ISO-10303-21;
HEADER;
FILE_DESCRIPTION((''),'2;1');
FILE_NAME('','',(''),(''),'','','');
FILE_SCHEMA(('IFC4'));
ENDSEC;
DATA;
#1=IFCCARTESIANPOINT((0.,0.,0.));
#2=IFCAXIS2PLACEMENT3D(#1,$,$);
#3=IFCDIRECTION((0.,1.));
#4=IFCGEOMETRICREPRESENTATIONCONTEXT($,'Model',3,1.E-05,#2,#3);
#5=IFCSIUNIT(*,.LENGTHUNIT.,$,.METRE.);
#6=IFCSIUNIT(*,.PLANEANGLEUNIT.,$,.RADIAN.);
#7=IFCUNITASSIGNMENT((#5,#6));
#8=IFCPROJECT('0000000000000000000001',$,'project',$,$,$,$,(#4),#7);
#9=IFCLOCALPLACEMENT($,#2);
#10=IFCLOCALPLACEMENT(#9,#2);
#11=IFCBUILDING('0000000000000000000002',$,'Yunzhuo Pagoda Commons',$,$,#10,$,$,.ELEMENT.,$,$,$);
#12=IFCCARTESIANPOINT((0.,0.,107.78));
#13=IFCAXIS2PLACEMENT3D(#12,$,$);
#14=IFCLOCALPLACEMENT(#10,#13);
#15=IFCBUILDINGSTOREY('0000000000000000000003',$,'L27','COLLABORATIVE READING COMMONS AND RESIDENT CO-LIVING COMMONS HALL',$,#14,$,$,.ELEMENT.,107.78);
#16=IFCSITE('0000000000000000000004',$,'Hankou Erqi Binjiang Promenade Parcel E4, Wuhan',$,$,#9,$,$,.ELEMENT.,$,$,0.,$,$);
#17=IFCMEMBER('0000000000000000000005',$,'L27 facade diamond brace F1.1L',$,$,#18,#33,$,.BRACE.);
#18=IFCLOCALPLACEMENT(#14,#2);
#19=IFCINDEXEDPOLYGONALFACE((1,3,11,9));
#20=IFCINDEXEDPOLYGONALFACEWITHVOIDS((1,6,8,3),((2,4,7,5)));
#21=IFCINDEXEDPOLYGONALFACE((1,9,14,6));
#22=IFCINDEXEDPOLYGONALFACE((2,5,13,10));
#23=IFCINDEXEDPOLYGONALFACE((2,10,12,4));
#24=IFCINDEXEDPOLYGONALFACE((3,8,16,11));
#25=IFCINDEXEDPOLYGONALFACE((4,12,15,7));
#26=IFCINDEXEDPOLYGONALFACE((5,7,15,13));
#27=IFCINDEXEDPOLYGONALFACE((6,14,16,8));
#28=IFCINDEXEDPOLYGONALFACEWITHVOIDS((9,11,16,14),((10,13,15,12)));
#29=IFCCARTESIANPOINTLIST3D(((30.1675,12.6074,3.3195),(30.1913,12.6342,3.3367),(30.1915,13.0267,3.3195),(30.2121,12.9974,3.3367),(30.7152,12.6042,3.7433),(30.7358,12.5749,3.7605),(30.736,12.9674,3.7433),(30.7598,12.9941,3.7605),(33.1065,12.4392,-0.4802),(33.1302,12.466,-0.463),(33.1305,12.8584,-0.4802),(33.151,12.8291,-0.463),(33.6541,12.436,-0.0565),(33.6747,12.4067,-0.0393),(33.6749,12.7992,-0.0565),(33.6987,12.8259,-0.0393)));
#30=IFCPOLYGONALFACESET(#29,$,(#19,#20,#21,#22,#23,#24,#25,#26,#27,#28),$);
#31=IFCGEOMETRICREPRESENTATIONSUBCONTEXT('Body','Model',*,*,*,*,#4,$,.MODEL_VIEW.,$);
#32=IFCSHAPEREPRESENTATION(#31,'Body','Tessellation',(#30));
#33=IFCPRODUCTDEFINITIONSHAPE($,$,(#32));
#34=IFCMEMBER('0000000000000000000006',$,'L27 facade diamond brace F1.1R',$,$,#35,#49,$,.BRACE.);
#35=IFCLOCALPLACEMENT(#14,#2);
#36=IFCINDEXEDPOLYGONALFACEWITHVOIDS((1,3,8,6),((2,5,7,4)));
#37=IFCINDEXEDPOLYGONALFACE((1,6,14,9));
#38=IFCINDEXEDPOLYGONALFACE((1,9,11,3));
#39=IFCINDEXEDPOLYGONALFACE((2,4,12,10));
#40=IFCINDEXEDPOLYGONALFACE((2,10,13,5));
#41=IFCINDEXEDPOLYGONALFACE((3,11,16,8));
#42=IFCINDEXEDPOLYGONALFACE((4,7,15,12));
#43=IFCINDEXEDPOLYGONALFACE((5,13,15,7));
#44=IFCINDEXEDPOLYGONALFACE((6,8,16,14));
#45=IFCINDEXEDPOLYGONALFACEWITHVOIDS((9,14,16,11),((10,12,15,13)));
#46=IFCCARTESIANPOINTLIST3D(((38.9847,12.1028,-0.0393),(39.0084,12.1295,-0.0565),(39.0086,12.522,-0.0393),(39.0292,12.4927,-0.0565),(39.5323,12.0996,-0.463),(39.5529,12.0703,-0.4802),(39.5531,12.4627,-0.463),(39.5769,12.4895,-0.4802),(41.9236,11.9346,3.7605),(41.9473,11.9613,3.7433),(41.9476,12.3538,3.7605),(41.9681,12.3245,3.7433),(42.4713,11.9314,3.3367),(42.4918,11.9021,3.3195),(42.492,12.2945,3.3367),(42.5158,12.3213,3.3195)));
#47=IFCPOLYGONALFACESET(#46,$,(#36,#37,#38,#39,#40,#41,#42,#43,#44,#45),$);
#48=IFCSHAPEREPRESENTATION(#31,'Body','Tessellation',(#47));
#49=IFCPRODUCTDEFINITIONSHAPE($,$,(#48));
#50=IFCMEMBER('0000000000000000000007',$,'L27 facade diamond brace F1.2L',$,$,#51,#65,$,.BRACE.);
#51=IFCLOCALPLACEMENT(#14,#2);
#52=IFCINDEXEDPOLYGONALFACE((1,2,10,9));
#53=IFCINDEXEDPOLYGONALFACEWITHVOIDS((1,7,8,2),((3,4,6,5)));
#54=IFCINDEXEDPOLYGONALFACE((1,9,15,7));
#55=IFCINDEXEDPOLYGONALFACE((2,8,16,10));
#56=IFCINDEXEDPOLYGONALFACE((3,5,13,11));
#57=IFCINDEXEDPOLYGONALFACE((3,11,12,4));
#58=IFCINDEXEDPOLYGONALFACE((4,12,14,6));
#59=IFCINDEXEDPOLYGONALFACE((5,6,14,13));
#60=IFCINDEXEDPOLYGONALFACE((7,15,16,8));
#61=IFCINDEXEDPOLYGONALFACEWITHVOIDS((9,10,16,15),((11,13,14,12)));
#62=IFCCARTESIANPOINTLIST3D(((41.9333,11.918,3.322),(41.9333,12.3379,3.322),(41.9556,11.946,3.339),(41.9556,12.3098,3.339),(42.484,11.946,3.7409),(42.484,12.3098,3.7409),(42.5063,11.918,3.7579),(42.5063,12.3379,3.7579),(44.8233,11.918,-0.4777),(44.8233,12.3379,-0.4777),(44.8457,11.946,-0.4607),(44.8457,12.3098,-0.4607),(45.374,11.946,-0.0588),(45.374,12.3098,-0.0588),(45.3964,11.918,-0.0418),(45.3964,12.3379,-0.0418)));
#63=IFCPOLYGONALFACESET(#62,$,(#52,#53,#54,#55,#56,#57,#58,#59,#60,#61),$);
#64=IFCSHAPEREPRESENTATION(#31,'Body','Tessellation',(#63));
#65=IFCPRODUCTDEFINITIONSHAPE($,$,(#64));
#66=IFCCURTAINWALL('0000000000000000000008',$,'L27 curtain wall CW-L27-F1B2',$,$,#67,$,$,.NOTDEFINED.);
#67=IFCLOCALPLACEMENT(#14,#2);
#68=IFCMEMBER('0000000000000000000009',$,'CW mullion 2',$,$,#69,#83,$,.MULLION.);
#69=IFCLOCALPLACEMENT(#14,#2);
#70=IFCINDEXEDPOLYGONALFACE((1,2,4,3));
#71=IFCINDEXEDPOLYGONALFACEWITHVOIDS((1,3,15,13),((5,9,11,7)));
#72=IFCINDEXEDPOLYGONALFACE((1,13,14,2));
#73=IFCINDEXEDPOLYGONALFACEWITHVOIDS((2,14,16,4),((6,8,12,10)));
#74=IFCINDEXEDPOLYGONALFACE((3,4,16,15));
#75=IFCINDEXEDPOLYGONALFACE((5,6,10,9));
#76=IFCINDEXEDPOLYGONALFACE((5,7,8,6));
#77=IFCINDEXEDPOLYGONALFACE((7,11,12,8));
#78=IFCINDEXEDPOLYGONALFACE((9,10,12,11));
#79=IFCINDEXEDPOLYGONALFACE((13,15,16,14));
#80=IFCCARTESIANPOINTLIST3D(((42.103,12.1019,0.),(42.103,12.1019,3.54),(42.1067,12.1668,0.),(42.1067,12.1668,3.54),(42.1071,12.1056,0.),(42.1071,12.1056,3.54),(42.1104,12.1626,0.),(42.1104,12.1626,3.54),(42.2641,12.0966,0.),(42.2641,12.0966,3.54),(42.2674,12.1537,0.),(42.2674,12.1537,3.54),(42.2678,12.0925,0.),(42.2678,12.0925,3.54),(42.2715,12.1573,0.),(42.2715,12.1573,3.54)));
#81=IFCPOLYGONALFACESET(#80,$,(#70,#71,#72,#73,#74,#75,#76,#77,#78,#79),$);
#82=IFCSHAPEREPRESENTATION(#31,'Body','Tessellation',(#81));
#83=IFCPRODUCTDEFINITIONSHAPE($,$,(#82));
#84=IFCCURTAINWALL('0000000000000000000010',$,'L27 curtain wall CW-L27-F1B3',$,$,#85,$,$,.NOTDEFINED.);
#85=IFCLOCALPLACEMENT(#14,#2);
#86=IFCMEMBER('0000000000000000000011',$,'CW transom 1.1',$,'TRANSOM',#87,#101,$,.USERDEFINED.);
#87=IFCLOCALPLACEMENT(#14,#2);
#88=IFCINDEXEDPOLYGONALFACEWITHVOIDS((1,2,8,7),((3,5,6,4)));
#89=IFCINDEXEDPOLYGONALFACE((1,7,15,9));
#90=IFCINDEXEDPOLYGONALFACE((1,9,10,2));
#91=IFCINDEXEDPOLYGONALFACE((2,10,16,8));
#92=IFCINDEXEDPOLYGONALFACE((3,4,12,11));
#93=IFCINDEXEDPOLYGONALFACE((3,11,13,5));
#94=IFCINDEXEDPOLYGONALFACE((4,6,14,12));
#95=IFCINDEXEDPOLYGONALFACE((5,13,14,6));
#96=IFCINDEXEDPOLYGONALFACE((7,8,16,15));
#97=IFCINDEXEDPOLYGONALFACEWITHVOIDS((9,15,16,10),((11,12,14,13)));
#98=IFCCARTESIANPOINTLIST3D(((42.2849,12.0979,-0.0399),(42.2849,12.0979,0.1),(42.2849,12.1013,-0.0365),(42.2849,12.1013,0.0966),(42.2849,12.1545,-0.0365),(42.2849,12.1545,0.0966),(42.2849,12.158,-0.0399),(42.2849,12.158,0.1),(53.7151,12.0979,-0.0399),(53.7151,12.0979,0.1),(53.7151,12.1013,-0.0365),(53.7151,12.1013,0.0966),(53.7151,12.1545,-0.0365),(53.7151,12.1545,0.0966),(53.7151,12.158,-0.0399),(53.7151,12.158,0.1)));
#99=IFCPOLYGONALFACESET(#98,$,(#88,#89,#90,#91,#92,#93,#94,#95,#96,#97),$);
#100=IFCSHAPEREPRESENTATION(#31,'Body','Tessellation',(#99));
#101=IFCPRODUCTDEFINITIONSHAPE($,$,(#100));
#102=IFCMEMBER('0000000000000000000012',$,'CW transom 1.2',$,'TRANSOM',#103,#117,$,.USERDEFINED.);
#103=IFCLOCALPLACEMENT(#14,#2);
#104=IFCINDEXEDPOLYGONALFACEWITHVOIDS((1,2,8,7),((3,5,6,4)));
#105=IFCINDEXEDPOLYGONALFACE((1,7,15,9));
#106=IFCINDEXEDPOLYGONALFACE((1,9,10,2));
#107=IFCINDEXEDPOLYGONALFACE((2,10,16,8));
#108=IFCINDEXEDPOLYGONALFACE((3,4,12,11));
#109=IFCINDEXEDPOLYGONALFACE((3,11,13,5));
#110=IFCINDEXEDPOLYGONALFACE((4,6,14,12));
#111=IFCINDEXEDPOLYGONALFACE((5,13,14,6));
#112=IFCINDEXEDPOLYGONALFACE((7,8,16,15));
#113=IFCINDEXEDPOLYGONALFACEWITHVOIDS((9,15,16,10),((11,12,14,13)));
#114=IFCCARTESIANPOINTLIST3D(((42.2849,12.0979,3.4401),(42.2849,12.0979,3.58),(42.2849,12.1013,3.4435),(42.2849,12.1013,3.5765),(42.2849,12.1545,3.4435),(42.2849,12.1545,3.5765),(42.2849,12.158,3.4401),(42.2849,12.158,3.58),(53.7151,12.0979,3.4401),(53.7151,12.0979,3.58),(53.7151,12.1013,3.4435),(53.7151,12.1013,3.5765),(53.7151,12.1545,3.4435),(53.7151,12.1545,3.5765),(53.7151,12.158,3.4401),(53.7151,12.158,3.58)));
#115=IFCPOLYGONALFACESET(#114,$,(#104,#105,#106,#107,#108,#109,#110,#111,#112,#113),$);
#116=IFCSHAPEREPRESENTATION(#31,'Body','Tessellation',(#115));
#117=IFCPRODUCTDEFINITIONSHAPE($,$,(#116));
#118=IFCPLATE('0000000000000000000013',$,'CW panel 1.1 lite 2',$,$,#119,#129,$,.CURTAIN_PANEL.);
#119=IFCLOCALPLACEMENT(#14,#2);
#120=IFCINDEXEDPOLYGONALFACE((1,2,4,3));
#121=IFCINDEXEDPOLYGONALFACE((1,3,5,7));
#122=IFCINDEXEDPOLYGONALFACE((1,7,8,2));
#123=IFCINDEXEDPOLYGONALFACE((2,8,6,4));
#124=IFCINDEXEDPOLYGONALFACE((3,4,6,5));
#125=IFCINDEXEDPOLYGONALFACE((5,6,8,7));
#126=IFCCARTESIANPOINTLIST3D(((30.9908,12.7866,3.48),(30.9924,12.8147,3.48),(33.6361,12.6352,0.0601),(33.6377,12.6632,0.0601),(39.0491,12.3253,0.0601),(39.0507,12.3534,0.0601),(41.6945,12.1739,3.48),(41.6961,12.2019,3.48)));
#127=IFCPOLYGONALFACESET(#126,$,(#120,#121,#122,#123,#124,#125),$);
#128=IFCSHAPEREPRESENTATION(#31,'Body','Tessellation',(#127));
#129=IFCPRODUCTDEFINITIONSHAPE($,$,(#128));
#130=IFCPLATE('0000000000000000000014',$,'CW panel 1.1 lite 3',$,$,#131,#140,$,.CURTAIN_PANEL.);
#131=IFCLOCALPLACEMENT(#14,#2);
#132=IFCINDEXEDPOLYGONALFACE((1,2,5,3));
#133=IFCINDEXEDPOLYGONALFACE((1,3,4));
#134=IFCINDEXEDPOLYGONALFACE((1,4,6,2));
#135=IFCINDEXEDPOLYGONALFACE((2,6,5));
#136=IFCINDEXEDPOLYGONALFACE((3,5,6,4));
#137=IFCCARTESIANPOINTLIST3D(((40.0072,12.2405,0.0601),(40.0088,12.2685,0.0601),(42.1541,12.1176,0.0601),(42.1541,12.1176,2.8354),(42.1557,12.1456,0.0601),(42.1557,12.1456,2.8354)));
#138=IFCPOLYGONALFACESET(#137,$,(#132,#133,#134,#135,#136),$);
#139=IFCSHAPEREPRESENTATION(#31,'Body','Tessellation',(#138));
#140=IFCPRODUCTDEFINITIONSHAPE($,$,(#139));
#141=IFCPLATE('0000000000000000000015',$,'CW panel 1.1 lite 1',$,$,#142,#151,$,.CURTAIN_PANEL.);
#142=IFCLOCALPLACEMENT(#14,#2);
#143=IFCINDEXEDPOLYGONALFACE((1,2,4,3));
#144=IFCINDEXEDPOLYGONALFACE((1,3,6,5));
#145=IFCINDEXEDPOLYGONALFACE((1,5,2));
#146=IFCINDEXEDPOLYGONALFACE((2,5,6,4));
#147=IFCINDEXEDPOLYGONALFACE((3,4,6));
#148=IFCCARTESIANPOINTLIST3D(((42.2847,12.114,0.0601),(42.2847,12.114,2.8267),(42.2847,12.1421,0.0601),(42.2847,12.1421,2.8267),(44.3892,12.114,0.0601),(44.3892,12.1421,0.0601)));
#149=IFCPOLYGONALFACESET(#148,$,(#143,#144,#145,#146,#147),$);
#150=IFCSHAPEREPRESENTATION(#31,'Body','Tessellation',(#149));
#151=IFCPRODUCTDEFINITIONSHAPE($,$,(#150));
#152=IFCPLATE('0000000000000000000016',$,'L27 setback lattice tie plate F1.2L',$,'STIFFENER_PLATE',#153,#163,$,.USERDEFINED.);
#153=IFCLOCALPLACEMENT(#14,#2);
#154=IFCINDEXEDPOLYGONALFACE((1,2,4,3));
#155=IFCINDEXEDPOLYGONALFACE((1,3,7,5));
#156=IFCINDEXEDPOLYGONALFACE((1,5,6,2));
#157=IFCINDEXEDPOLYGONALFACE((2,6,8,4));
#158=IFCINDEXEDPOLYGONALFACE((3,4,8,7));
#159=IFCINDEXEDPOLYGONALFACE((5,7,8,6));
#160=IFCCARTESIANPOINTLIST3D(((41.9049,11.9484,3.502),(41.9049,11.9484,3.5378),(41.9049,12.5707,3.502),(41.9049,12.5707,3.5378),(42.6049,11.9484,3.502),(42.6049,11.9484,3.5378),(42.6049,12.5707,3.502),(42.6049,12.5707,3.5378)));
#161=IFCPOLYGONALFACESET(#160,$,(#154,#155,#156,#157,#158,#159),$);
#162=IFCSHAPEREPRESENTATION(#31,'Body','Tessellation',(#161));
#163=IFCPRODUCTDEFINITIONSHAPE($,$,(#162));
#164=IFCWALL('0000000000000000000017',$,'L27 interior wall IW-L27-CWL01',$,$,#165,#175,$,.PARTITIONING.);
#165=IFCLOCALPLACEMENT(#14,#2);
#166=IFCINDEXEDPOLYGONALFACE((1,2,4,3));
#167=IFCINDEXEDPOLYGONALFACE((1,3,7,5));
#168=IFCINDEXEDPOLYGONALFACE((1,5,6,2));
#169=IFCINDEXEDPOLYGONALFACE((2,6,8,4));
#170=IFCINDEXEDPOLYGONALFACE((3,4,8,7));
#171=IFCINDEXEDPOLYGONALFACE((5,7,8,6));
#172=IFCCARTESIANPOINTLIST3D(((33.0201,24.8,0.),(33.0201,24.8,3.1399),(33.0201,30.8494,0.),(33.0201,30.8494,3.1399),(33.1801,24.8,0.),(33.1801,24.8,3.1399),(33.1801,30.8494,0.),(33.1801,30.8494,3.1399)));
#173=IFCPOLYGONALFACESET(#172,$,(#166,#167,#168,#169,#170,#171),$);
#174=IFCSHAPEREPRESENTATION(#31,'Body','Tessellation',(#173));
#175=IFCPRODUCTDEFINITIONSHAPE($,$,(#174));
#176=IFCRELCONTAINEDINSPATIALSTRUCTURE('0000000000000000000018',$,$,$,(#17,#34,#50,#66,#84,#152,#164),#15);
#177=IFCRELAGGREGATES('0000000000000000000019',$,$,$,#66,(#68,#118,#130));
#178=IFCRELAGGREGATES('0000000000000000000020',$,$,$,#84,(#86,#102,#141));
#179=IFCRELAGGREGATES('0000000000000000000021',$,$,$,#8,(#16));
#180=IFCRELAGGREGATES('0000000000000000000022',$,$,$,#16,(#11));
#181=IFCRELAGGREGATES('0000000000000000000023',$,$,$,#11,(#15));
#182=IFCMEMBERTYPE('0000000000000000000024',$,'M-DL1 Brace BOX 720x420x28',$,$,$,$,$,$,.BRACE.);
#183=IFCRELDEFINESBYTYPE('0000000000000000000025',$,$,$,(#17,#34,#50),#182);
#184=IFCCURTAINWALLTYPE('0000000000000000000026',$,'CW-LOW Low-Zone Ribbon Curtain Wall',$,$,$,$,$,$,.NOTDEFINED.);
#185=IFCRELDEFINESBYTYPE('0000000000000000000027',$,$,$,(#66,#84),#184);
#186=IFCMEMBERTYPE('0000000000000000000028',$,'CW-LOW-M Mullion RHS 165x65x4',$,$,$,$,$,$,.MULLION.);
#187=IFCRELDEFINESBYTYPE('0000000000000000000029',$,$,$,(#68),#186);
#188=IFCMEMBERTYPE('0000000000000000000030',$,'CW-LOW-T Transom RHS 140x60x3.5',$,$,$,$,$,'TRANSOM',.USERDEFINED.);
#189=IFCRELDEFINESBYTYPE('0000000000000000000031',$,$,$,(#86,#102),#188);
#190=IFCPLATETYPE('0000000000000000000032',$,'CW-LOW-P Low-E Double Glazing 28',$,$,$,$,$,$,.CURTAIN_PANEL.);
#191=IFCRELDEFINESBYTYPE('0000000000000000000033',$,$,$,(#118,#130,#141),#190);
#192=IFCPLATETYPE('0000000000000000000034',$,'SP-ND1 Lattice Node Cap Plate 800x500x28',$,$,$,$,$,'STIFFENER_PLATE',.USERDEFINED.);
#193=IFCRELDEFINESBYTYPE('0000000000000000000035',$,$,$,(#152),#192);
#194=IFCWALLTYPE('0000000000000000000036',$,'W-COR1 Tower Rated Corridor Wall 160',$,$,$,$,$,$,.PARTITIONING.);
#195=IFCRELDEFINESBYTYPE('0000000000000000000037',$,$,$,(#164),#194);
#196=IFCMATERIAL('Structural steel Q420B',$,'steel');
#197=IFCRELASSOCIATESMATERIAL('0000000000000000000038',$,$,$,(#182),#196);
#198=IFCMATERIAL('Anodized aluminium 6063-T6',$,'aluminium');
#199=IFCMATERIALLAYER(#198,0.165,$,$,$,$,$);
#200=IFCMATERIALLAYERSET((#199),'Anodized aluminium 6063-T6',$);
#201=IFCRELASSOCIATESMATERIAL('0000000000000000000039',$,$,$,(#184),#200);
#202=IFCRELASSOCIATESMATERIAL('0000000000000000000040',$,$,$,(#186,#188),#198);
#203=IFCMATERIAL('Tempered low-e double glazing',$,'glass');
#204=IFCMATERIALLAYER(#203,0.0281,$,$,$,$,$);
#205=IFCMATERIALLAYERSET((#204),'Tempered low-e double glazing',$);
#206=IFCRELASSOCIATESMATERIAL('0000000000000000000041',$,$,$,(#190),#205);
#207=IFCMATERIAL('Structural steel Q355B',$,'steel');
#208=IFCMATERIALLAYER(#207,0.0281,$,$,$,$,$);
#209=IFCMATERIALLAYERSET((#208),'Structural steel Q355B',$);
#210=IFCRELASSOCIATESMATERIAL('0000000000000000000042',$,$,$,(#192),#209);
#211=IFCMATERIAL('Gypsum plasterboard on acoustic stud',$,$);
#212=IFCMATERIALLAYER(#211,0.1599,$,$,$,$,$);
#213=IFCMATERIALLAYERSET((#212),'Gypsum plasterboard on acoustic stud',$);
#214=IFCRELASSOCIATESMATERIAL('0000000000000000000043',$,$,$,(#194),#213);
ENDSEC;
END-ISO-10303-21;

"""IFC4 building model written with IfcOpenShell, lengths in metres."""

from ifc_helpers import new_model, si_unit, direction, frame, frame_2d, origin, origin_2d, place, context, subcontext, project, spatial, polyline, rectangle, hollow_rectangle, outline, extrude, source, transform, mapped, material, layer, layer_set, material_profile, profile_set, type_object, element, aggregate, save


model = new_model("IFC4")

# Units and contexts
model_context = context("Model", 3, precision=1e-05, world=origin(), true_north=direction((0.0, 1.0)))
body_context = subcontext(model_context, "Body", "Model", "MODEL_VIEW")
ifc_project = project(units=[si_unit("LENGTHUNIT", "METRE"), si_unit("PLANEANGLEUNIT", "RADIAN")], contexts=[model_context])

# Site, building, storey
site_placement = place(None, origin())
site = spatial("IfcSite", under=ifc_project, at=site_placement, Name="Hankou Erqi Binjiang Promenade Parcel E4, Wuhan", CompositionType="ELEMENT", RefElevation=0.0)
building_placement = place(site_placement, origin())
building = spatial("IfcBuilding", under=site, at=building_placement, Name="Yunzhuo Pagoda Commons", CompositionType="ELEMENT")
storey_placement = place(building_placement, frame((0.0, 0.0, 107.78)))
storey = spatial("IfcBuildingStorey", under=building, at=storey_placement, Name="L27", Description="COLLABORATIVE READING COMMONS AND RESIDENT CO-LIVING COMMONS HALL", CompositionType="ELEMENT", Elevation=107.78)

# Shared definitions
ifc_material_1 = material(Name="Structural steel Q420B", Category="steel")

# Shared definitions
ifc_material_2 = material(Name="Structural steel Q355B", Category="steel")

# Members
ifc_material_profile_1 = material_profile(ifc_material_1, hollow_rectangle(XDim=0.4199, YDim=0.72, WallThickness=0.0281, at=origin_2d()), Name="Structural steel Q420B")
ifc_profile_set_1 = profile_set([ifc_material_profile_1], Name="Structural steel Q420B")
member_type_1 = type_object("IfcMemberType", Name="M-DL1 Brace BOX 720x420x28", PredefinedType="BRACE", material=ifc_profile_set_1)
shared_shape_1 = source(origin(), body_context, "Body", "SweptSolid", [
    extrude(hollow_rectangle(XDim=0.4199, YDim=0.72, WallThickness=0.0281, at=origin_2d()), origin(), (0.0, 0.0, 1.0), 4.8066),
])
for number, where, z_axis, x_axis, name in (
    (1, (33.4026, 12.6326, -0.2598), (-0.611431, 0.034996, 0.790523), (-0.057142, -0.998366, 0.0), "L27 facade diamond brace F1.1L"),
    (2, (39.2808, 12.2961, -0.2598), (0.611431, -0.034996, 0.790523), (0.057142, 0.998366, 0.0), "L27 facade diamond brace F1.1R"),
):
    element("IfcMember", number, at=place(storey_placement, frame(where, z_axis=z_axis, x_axis=x_axis)), inside=storey, type_object=member_type_1, Name=name, PredefinedType="BRACE", context=body_context, shape_type="MappedRepresentation", body=[
        mapped(shared_shape_1, transform((0.0, 0.0, 0.0), scale=1.0)),
    ])
shared_shape_2 = source(origin(), body_context, "Body", "SweptSolid", [
    extrude(hollow_rectangle(XDim=0.4199, YDim=0.72, WallThickness=0.0281, at=origin_2d()), origin(), (0.0, 0.0, 1.0), 4.7739),
])
member_1_placement = place(storey_placement, frame((45.1099, 12.1279, -0.2598), z_axis=(-0.605387, 0.0, 0.795932), x_axis=(0.0, -1.0, 0.0)))
element("IfcMember", 3, at=member_1_placement, inside=storey, type_object=member_type_1, Name="L27 facade diamond brace F1.2L", PredefinedType="BRACE", context=body_context, shape_type="MappedRepresentation", body=[
    mapped(shared_shape_2, transform((0.0, 0.0, 0.0), scale=1.0)),
])

# Curtain wall, member
ifc_material_3 = material(Name="Anodized aluminium 6063-T6", Category="aluminium")
ifc_layer_1 = layer(ifc_material_3, 0.165)
ifc_layer_set_1 = layer_set([ifc_layer_1], Name="Anodized aluminium 6063-T6")
curtain_wall_type = type_object("IfcCurtainWallType", Name="CW-LOW Low-Zone Ribbon Curtain Wall", PredefinedType="NOTDEFINED", material=ifc_layer_set_1)
curtain_wall_1_placement = place(storey_placement, origin())
curtain_wall_1 = element("IfcCurtainWall", 4, at=curtain_wall_1_placement, inside=storey, type_object=curtain_wall_type, Name="L27 curtain wall CW-L27-F1B2", PredefinedType="NOTDEFINED")
ifc_material_profile_2 = material_profile(ifc_material_3, hollow_rectangle(XDim=0.0649, YDim=0.165, WallThickness=0.0039, at=origin_2d()), Name="Anodized aluminium 6063-T6")
ifc_profile_set_2 = profile_set([ifc_material_profile_2], Name="Anodized aluminium 6063-T6")
member_type_2 = type_object("IfcMemberType", Name="CW-LOW-M Mullion RHS 165x65x4", PredefinedType="MULLION", material=ifc_profile_set_2)
shared_shape_3 = source(origin(), body_context, "Body", "SweptSolid", [
    extrude(hollow_rectangle(XDim=0.0649, YDim=0.165, WallThickness=0.0039, at=origin_2d()), origin(), (0.0, 0.0, 1.0), 3.54),
])
member_2_placement = place(storey_placement, frame((42.1873, 12.1296, 0.0), z_axis=(0.0, 0.0, 1.0), x_axis=(0.057153, 0.998365, 0.0)))
member_2 = element("IfcMember", 5, at=member_2_placement, type_object=member_type_2, Name="CW mullion 2", PredefinedType="MULLION", context=body_context, shape_type="MappedRepresentation", body=[
    mapped(shared_shape_3, transform((0.0, 0.0, 0.0), scale=1.0)),
])

# Curtain wall, members
curtain_wall_2_placement = place(storey_placement, origin())
curtain_wall_2 = element("IfcCurtainWall", 6, at=curtain_wall_2_placement, inside=storey, type_object=curtain_wall_type, Name="L27 curtain wall CW-L27-F1B3", PredefinedType="NOTDEFINED")
ifc_material_profile_3 = material_profile(ifc_material_3, hollow_rectangle(XDim=0.0601, YDim=0.1399, WallThickness=0.0034, at=origin_2d()), Name="Anodized aluminium 6063-T6")
ifc_profile_set_3 = profile_set([ifc_material_profile_3], Name="Anodized aluminium 6063-T6")
member_type_3 = type_object("IfcMemberType", Name="CW-LOW-T Transom RHS 140x60x3.5", ElementType="TRANSOM", PredefinedType="USERDEFINED", material=ifc_profile_set_3)
shared_shape_4 = source(origin(), body_context, "Body", "SweptSolid", [
    extrude(hollow_rectangle(XDim=0.0601, YDim=0.1399, WallThickness=0.0034, at=origin_2d()), origin(), (0.0, 0.0, 1.0), 11.4302),
])
member_3_placement = place(storey_placement, frame((42.2849, 12.1279, 0.03), z_axis=(1.0, 0.0, 0.0), x_axis=(0.0, 1.0, 0.0)))
member_3 = element("IfcMember", 7, at=member_3_placement, type_object=member_type_3, Name="CW transom 1.1", ObjectType="TRANSOM", PredefinedType="USERDEFINED", context=body_context, shape_type="MappedRepresentation", body=[
    mapped(shared_shape_4, transform((0.0, 0.0, 0.0), scale=1.0)),
])
member_4_placement = place(storey_placement, frame((42.2849, 12.1279, 3.51), z_axis=(1.0, 0.0, 0.0), x_axis=(0.0, 1.0, 0.0)))
member_4 = element("IfcMember", 8, at=member_4_placement, type_object=member_type_3, Name="CW transom 1.2", ObjectType="TRANSOM", PredefinedType="USERDEFINED", context=body_context, shape_type="MappedRepresentation", body=[
    mapped(shared_shape_4, transform((0.0, 0.0, 0.0), scale=1.0)),
])

# Plates
ifc_material_4 = material(Name="Tempered low-e double glazing", Category="glass")
ifc_layer_2 = layer(ifc_material_4, 0.0281)
ifc_layer_set_2 = layer_set([ifc_layer_2], Name="Tempered low-e double glazing")
plate_type_1 = type_object("IfcPlateType", Name="CW-LOW-P Low-E Double Glazing 28", PredefinedType="CURTAIN_PANEL", material=ifc_layer_set_2)
plate_1_placement = place(storey_placement, frame((36.3442, 12.5083, 1.77), z_axis=(-0.057153, -0.998365, 0.0), x_axis=(0.998365, -0.057153, 0.0)))
plate_1 = element("IfcPlate", 9, at=plate_1_placement, type_object=plate_type_1, Name="CW panel 1.1 lite 2", PredefinedType="CURTAIN_PANEL", context=body_context, shape_type="SweptSolid", body=[
    extrude(outline(polyline([(-5.3606, 1.71), (-2.7109, -1.71), (2.7109, -1.71), (5.3606, 1.71), (-5.3606, 1.71)])), origin(), (0.0, 0.0, 1.0), 0.0281),
])
plate_2_placement = place(storey_placement, frame((41.0823, 12.207, 1.4478), z_axis=(-0.057153, -0.998365, 0.0), x_axis=(0.998365, -0.057153, 0.0)))
plate_2 = element("IfcPlate", 10, at=plate_2_placement, type_object=plate_type_1, Name="CW panel 1.1 lite 3", PredefinedType="CURTAIN_PANEL", context=body_context, shape_type="SweptSolid", body=[
    extrude(outline(polyline([(-1.0752, -1.3877), (1.0752, -1.3877), (1.0752, 1.3877), (-1.0752, -1.3877)])), origin(), (0.0, 0.0, 1.0), 0.0281),
])
aggregate(curtain_wall_1, [member_2, plate_1, plate_2])
plate_3_placement = place(storey_placement, frame((43.3369, 12.1421, 1.4434), z_axis=(0.0, -1.0, 0.0), x_axis=(1.0, 0.0, 0.0)))
plate_3 = element("IfcPlate", 11, at=plate_3_placement, type_object=plate_type_1, Name="CW panel 1.1 lite 1", PredefinedType="CURTAIN_PANEL", context=body_context, shape_type="SweptSolid", body=[
    extrude(outline(polyline([(-1.0522, -1.3833), (1.0522, -1.3833), (-1.0522, 1.3833), (-1.0522, -1.3833)])), origin(), (0.0, 0.0, 1.0), 0.0281),
])
aggregate(curtain_wall_2, [member_3, member_4, plate_3])
ifc_layer_3 = layer(ifc_material_2, 0.0281)
ifc_layer_set_3 = layer_set([ifc_layer_3], Name="Structural steel Q355B")
plate_type_2 = type_object("IfcPlateType", Name="SP-ND1 Lattice Node Cap Plate 800x500x28", ElementType="STIFFENER_PLATE", PredefinedType="USERDEFINED", material=ifc_layer_set_3)
shared_shape_5 = source(origin(), body_context, "Body", "SweptSolid", [
    extrude(rectangle(XDim=0.7, YDim=0.6223, at=origin_2d()), origin(), (0.0, 0.0, 1.0), 0.0359),
])
plate_4_placement = place(storey_placement, frame((42.2549, 12.2595, 3.502), z_axis=(0.0, 0.0, 1.0), x_axis=(1.0, 0.0, 0.0)))
element("IfcPlate", 12, at=plate_4_placement, inside=storey, type_object=plate_type_2, Name="L27 setback lattice tie plate F1.2L", ObjectType="STIFFENER_PLATE", PredefinedType="USERDEFINED", context=body_context, shape_type="MappedRepresentation", body=[
    mapped(shared_shape_5, transform((0.0, 0.0, 0.0), scale=1.0)),
])

# Wall
ifc_material_5 = material(Name="Gypsum plasterboard on acoustic stud")
ifc_layer_4 = layer(ifc_material_5, 0.1599)
ifc_layer_set_4 = layer_set([ifc_layer_4], Name="Gypsum plasterboard on acoustic stud")
wall_type = type_object("IfcWallType", Name="W-COR1 Tower Rated Corridor Wall 160", PredefinedType="PARTITIONING", material=ifc_layer_set_4)
wall_1_placement = place(storey_placement, frame((33.1001, 24.8, 0.0), z_axis=(0.0, 0.0, 1.0), x_axis=(0.0, 1.0, 0.0)))
element("IfcWall", 13, at=wall_1_placement, inside=storey, type_object=wall_type, Name="L27 interior wall IW-L27-CWL01", PredefinedType="PARTITIONING", context=body_context, shape_type="SweptSolid", body=[
    extrude(rectangle(XDim=6.0493, YDim=0.1599, at=frame_2d((3.0247, 0.0))), origin(), (0.0, 0.0, 1.0), 3.1399),
])

save(model, "model.ifc")
